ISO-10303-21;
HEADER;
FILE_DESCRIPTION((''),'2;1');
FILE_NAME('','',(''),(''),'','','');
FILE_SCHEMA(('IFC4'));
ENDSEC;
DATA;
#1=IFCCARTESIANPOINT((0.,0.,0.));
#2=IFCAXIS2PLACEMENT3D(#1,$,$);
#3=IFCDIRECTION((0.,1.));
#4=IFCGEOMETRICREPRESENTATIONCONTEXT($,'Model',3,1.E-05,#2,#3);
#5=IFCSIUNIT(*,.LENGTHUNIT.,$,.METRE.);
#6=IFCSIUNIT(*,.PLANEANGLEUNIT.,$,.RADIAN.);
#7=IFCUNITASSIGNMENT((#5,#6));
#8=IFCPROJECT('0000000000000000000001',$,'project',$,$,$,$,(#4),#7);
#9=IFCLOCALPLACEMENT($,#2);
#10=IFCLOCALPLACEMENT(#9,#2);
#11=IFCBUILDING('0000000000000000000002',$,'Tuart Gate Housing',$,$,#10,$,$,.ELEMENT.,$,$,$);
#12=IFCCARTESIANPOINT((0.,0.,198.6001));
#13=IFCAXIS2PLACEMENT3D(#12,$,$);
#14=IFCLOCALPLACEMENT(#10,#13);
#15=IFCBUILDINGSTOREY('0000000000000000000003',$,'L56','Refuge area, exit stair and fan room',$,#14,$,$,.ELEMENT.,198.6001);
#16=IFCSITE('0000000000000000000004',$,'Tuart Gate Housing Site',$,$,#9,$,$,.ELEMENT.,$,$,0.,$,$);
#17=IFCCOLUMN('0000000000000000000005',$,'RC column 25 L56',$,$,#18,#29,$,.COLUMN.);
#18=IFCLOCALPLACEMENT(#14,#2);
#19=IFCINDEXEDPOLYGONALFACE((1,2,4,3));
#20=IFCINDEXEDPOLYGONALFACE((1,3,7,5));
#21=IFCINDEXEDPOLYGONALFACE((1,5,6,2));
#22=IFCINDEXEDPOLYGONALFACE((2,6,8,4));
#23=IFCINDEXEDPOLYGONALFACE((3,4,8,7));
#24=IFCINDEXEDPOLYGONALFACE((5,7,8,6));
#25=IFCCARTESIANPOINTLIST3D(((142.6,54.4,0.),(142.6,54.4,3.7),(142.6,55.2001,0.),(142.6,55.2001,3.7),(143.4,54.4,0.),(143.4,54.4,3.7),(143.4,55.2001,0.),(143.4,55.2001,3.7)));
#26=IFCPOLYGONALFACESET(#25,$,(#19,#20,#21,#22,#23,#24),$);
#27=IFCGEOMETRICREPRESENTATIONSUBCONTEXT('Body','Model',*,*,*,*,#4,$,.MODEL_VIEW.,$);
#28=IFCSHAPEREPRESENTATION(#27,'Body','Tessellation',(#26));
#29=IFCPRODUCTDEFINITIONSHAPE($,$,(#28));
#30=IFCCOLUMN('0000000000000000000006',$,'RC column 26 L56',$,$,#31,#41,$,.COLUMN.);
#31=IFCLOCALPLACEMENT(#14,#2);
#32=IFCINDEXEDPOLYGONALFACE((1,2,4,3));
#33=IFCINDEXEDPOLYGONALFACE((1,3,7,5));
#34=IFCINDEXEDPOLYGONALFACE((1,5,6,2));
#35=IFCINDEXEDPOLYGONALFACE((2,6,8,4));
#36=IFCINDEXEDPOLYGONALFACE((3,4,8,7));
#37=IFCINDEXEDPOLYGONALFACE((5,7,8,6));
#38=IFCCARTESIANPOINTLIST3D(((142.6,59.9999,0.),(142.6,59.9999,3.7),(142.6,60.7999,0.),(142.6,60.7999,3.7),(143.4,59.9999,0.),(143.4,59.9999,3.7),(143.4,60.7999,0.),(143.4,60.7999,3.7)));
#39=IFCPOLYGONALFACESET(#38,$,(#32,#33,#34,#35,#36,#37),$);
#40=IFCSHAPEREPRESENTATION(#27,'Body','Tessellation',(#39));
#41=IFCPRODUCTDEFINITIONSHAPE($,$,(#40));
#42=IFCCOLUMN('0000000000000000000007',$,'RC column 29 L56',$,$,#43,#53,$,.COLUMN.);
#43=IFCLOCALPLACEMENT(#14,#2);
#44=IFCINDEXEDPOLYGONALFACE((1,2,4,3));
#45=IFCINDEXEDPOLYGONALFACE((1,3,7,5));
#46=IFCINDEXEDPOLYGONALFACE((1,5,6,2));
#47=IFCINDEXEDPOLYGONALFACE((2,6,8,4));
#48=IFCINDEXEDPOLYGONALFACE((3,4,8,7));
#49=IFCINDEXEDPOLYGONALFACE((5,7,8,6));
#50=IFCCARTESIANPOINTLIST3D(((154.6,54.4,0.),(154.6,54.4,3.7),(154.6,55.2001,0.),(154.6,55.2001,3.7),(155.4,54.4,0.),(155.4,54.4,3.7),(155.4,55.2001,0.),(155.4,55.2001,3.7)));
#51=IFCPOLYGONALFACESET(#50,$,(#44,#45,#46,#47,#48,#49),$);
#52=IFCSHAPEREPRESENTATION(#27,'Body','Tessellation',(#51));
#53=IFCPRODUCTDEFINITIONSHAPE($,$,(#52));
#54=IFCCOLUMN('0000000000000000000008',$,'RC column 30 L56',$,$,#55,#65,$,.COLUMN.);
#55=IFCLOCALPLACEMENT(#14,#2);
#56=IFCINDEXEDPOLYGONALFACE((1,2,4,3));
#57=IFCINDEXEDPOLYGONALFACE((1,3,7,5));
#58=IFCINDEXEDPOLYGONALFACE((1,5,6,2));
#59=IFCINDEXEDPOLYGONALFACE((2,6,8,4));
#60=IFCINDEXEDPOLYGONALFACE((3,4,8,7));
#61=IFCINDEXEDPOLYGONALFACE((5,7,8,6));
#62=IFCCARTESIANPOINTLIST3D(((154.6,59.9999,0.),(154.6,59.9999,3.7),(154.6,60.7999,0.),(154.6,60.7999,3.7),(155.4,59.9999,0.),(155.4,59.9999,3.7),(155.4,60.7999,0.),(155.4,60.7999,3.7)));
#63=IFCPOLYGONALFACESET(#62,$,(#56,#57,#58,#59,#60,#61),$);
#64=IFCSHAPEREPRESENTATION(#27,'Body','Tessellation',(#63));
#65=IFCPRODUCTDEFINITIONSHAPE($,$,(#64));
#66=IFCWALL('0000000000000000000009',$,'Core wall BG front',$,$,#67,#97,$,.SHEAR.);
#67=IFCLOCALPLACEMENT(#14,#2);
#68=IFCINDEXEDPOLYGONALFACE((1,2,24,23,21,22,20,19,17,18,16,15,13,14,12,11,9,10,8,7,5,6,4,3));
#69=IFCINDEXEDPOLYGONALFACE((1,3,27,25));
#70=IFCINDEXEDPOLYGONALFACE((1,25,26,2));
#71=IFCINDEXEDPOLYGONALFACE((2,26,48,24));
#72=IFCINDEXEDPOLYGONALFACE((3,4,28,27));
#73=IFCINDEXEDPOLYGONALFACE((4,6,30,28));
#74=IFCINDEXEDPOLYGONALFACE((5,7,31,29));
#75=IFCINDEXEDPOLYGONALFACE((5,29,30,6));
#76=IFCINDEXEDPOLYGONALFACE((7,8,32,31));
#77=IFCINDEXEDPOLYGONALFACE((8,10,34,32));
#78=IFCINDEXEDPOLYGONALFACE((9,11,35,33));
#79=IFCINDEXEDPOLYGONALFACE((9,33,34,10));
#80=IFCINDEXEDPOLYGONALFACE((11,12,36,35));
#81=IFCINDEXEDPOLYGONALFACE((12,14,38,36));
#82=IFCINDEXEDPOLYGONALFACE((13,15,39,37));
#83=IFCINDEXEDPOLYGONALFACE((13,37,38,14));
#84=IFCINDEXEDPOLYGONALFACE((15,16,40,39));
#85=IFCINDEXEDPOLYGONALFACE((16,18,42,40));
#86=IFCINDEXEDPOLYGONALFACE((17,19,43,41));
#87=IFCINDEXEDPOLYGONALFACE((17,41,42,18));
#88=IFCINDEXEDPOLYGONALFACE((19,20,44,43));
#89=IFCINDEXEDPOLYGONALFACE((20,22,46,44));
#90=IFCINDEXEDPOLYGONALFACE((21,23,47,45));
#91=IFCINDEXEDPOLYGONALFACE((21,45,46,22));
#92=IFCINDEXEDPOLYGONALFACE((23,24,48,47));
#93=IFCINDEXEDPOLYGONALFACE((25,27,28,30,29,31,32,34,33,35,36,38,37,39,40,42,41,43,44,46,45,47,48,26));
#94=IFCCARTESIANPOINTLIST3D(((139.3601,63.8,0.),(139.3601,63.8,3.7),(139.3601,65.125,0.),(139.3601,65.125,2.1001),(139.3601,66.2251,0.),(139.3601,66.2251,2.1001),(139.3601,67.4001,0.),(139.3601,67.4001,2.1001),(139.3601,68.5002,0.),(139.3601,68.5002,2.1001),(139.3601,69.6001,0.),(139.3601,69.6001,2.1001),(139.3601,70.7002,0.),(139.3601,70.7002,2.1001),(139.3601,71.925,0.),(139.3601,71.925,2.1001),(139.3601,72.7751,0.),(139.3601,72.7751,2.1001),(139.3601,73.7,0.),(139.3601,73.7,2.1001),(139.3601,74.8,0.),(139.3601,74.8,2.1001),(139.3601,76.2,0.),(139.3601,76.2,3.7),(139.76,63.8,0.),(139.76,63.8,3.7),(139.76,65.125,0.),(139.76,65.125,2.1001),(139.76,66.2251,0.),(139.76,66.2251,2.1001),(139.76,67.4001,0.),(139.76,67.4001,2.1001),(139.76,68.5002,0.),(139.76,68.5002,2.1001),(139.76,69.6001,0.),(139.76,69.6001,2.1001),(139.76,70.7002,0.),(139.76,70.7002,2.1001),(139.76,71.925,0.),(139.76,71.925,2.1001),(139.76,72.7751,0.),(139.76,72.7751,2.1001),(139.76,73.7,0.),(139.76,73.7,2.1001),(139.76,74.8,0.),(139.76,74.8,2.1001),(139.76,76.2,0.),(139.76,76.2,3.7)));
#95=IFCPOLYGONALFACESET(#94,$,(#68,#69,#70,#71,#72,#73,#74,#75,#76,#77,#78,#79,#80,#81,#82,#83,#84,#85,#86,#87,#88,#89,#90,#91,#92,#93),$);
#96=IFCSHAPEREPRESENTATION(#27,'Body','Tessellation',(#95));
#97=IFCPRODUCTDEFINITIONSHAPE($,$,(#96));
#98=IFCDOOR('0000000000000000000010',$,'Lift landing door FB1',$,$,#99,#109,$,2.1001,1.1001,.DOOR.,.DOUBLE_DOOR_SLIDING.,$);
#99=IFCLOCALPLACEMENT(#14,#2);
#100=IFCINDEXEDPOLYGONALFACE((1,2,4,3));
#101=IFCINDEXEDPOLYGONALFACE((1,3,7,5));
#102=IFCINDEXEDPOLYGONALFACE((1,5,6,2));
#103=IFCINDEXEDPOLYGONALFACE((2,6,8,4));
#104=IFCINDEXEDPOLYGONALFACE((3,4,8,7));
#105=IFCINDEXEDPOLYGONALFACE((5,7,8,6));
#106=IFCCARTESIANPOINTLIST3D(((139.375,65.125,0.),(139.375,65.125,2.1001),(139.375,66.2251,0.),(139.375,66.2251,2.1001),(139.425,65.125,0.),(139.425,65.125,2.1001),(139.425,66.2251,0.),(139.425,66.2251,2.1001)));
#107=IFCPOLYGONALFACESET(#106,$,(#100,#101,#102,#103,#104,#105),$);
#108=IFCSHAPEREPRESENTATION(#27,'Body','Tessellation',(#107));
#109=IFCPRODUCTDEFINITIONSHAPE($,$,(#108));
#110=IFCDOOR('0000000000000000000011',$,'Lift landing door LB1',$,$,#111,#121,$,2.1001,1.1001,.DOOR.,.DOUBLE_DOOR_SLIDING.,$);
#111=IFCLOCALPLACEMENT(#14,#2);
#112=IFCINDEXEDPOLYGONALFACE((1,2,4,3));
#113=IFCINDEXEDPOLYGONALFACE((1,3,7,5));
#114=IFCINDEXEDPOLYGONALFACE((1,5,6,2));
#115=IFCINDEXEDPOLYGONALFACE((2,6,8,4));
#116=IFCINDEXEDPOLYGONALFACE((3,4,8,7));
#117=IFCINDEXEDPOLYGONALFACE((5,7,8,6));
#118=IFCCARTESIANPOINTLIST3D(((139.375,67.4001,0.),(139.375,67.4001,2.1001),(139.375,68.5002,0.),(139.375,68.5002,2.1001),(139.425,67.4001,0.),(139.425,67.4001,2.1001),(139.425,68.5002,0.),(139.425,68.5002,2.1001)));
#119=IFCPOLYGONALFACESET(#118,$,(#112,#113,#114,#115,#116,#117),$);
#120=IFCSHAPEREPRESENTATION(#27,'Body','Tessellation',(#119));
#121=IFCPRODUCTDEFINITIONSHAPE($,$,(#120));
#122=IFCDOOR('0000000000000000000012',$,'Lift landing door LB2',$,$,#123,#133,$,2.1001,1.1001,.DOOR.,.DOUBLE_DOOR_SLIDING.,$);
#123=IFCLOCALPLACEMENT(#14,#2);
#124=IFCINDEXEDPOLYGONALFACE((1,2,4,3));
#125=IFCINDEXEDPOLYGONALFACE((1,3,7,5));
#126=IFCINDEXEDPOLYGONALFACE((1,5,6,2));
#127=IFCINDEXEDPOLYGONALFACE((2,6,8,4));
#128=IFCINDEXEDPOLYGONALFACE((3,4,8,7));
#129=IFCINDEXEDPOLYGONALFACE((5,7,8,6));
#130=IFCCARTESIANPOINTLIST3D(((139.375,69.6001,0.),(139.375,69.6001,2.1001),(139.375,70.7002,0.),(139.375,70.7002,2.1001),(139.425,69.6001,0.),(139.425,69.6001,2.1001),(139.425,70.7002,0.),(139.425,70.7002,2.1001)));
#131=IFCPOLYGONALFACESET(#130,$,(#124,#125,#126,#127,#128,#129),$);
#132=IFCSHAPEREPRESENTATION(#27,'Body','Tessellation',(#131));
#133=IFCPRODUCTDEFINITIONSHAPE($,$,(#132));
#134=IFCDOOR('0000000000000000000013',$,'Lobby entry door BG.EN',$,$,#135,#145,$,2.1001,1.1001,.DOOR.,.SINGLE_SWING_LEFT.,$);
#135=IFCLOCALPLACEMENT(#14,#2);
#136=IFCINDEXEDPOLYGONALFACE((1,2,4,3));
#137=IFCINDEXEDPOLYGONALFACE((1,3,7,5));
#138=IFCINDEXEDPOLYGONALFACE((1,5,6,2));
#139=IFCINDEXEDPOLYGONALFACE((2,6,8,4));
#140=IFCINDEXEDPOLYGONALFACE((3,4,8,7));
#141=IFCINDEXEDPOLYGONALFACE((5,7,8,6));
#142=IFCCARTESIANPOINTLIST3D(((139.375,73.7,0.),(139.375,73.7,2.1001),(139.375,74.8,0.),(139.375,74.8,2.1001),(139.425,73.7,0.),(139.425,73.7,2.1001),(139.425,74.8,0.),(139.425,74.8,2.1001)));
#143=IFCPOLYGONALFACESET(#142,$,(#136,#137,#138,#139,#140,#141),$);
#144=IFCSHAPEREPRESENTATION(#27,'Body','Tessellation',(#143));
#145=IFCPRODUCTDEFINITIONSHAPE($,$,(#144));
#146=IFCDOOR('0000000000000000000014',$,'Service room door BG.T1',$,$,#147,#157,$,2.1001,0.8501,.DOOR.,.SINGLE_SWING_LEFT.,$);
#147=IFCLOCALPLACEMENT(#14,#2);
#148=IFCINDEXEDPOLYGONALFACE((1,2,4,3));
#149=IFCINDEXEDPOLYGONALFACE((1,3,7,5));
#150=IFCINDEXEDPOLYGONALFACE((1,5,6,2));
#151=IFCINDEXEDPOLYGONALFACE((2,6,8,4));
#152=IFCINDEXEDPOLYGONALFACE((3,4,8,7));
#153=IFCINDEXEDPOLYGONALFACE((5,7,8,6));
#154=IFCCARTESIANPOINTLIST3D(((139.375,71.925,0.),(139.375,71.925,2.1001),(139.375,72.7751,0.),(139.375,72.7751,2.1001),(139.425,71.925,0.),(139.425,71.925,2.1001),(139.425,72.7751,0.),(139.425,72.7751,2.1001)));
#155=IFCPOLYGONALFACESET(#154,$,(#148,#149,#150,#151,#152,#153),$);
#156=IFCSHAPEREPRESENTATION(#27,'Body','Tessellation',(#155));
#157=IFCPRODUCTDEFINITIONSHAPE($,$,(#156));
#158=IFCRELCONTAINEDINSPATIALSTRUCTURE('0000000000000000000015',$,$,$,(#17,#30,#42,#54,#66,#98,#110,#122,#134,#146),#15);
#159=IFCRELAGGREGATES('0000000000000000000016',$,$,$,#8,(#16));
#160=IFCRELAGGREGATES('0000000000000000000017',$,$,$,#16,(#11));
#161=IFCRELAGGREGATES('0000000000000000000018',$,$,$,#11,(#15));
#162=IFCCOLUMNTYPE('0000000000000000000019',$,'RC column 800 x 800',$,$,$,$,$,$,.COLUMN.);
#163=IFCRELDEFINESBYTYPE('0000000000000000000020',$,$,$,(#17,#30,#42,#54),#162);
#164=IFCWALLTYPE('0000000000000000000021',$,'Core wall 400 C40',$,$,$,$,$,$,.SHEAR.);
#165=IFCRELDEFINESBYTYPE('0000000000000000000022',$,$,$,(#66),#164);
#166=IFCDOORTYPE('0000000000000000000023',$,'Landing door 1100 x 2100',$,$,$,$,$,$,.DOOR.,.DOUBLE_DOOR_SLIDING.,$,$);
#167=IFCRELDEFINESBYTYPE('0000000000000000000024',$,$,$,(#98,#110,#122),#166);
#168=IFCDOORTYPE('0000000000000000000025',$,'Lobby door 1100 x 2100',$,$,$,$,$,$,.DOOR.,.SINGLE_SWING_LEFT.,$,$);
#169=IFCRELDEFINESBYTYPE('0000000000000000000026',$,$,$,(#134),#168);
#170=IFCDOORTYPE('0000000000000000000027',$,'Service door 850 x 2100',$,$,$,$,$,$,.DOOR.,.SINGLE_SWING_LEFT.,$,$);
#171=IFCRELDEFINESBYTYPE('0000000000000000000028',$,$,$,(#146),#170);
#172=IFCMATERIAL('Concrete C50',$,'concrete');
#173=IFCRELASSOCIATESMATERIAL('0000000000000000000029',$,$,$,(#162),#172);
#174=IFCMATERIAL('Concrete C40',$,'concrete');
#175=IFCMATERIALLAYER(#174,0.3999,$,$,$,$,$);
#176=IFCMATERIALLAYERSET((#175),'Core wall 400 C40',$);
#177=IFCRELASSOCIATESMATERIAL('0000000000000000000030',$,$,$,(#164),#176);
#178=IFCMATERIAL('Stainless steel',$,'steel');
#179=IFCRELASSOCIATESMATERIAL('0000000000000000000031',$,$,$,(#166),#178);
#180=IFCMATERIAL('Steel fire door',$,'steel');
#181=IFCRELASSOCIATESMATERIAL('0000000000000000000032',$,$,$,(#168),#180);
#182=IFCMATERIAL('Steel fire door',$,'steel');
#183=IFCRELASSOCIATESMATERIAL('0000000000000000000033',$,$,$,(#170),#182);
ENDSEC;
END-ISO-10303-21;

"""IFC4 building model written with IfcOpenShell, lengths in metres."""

from ifc_helpers import new_model, si_unit, direction, frame, frame_2d, origin, origin_2d, place, context, subcontext, project, spatial, rectangle, extrude, material, layer, layer_set, material_profile, profile_set, type_object, element, fill, save


model = new_model("IFC4")

# Units and contexts
model_context = context("Model", 3, precision=1e-05, world=origin(), true_north=direction((0.0, 1.0)))
body_context = subcontext(model_context, "Body", "Model", "MODEL_VIEW")
ifc_project = project(units=[si_unit("LENGTHUNIT", "METRE"), si_unit("PLANEANGLEUNIT", "RADIAN")], contexts=[model_context])

# Site, building, storey
site_placement = place(None, origin())
site = spatial("IfcSite", under=ifc_project, at=site_placement, Name="Tuart Gate Housing Site", CompositionType="ELEMENT", RefElevation=0.0)
building_placement = place(site_placement, origin())
building = spatial("IfcBuilding", under=site, at=building_placement, Name="Tuart Gate Housing", CompositionType="ELEMENT")
storey_placement = place(building_placement, frame((0.0, 0.0, 198.6001)))
storey = spatial("IfcBuildingStorey", under=building, at=storey_placement, Name="L56", Description="Refuge area, exit stair and fan room", CompositionType="ELEMENT", Elevation=198.6001)

# Columns
ifc_material_1 = material(Name="Concrete C50", Category="concrete")
ifc_material_profile = material_profile(ifc_material_1, rectangle(XDim=0.8, YDim=0.8, at=origin_2d()), Name="RC column 800 x 800")
ifc_profile_set = profile_set([ifc_material_profile], Name="Concrete C50")
column_type = type_object("IfcColumnType", Name="RC column 800 x 800", PredefinedType="COLUMN", material=ifc_profile_set)
for number, where, z_axis, x_axis, name in (
    (1, (143.0, 54.8, 0.0), (0.0, 0.0, 1.0), (1.0, 0.0, 0.0), "RC column 25 L56"),
    (2, (143.0, 60.3999, 0.0), (0.0, 0.0, 1.0), (1.0, 0.0, 0.0), "RC column 26 L56"),
    (3, (155.0, 54.8, 0.0), (0.0, 0.0, 1.0), (1.0, 0.0, 0.0), "RC column 29 L56"),
    (4, (155.0, 60.3999, 0.0), (0.0, 0.0, 1.0), (1.0, 0.0, 0.0), "RC column 30 L56"),
):
    element("IfcColumn", number, at=place(storey_placement, frame(where, z_axis=z_axis, x_axis=x_axis)), inside=storey, type_object=column_type, Name=name, PredefinedType="COLUMN", context=body_context, shape_type="SweptSolid", body=[
        extrude(rectangle(XDim=0.8, YDim=0.8, at=origin_2d()), origin(), (0.0, 0.0, 1.0), 3.7),
    ])

# Wall, openings, doors
ifc_material_2 = material(Name="Concrete C40", Category="concrete")
ifc_layer_1 = layer(ifc_material_2, 0.3999)
ifc_layer_set_1 = layer_set([ifc_layer_1], Name="Core wall 400 C40")
wall_type_1 = type_object("IfcWallType", Name="Core wall 400 C40", PredefinedType="SHEAR", material=ifc_layer_set_1)
wall_1_placement = place(storey_placement, frame((139.5601, 63.8, 0.0), z_axis=(0.0, 0.0, 1.0), x_axis=(0.0, 1.0, 0.0)))
wall_1 = element("IfcWall", 5, at=wall_1_placement, inside=storey, type_object=wall_type_1, Name="Core wall BG front", PredefinedType="SHEAR", context=body_context, shape_type="SweptSolid", body=[
    extrude(rectangle(XDim=12.3999, YDim=0.3999, at=frame_2d((6.2, 0.0))), origin(), (0.0, 0.0, 1.0), 3.7),
])
opening_1_placement = place(wall_1_placement, frame((1.325, 0.0, 0.0)))
opening_1 = element("IfcOpeningElement", 6, at=opening_1_placement, cuts=wall_1, PredefinedType="OPENING", context=body_context, shape_type="SweptSolid", body=[
    extrude(rectangle(XDim=1.1001, YDim=2.1001, at=frame_2d((0.55, 1.05))), frame((0.0, 0.21, 0.0), z_axis=(0.0, -1.0, 0.0), x_axis=(1.0, 0.0, 0.0)), (0.0, 0.0, 1.0), 0.4199),
])
opening_2_placement = place(wall_1_placement, frame((3.6001, 0.0, 0.0)))
opening_2 = element("IfcOpeningElement", 7, at=opening_2_placement, cuts=wall_1, PredefinedType="OPENING", context=body_context, shape_type="SweptSolid", body=[
    extrude(rectangle(XDim=1.1001, YDim=2.1001, at=frame_2d((0.55, 1.05))), frame((0.0, 0.21, 0.0), z_axis=(0.0, -1.0, 0.0), x_axis=(1.0, 0.0, 0.0)), (0.0, 0.0, 1.0), 0.4199),
])
opening_3_placement = place(wall_1_placement, frame((5.8, 0.0, 0.0)))
opening_3 = element("IfcOpeningElement", 8, at=opening_3_placement, cuts=wall_1, PredefinedType="OPENING", context=body_context, shape_type="SweptSolid", body=[
    extrude(rectangle(XDim=1.1001, YDim=2.1001, at=frame_2d((0.55, 1.05))), frame((0.0, 0.21, 0.0), z_axis=(0.0, -1.0, 0.0), x_axis=(1.0, 0.0, 0.0)), (0.0, 0.0, 1.0), 0.4199),
])
opening_4_placement = place(wall_1_placement, frame((9.8999, 0.0, 0.0)))
opening_4 = element("IfcOpeningElement", 9, at=opening_4_placement, cuts=wall_1, PredefinedType="OPENING", context=body_context, shape_type="SweptSolid", body=[
    extrude(rectangle(XDim=1.1001, YDim=2.1001, at=frame_2d((0.55, 1.05))), frame((0.0, 0.21, 0.0), z_axis=(0.0, -1.0, 0.0), x_axis=(1.0, 0.0, 0.0)), (0.0, 0.0, 1.0), 0.4199),
])
opening_5_placement = place(wall_1_placement, frame((8.125, 0.0, 0.0)))
opening_5 = element("IfcOpeningElement", 10, at=opening_5_placement, cuts=wall_1, PredefinedType="OPENING", context=body_context, shape_type="SweptSolid", body=[
    extrude(rectangle(XDim=0.8501, YDim=2.1001, at=frame_2d((0.425, 1.05))), frame((0.0, 0.21, 0.0), z_axis=(0.0, -1.0, 0.0), x_axis=(1.0, 0.0, 0.0)), (0.0, 0.0, 1.0), 0.4199),
])
ifc_material_3 = material(Name="Stainless steel", Category="steel")
door_type_1 = type_object("IfcDoorType", Name="Landing door 1100 x 2100", OperationType="DOUBLE_DOOR_SLIDING", PredefinedType="DOOR", material=ifc_material_3)
door_1_placement = place(opening_1_placement, origin())
door_1 = element("IfcDoor", 11, at=door_1_placement, inside=storey, type_object=door_type_1, Name="Lift landing door FB1", OperationType="DOUBLE_DOOR_SLIDING", OverallHeight=2.1001, OverallWidth=1.1001, PredefinedType="DOOR", context=body_context, shape_type="SweptSolid", body=[
    extrude(rectangle(XDim=1.1001, YDim=2.1001, at=frame_2d((0.55, 1.05))), frame((0.0, 0.1851, 0.0), z_axis=(0.0, -1.0, 0.0), x_axis=(1.0, 0.0, 0.0)), (0.0, 0.0, 1.0), 0.05),
])
fill(opening_1, door_1)
door_2_placement = place(opening_2_placement, origin())
door_2 = element("IfcDoor", 12, at=door_2_placement, inside=storey, type_object=door_type_1, Name="Lift landing door LB1", OperationType="DOUBLE_DOOR_SLIDING", OverallHeight=2.1001, OverallWidth=1.1001, PredefinedType="DOOR", context=body_context, shape_type="SweptSolid", body=[
    extrude(rectangle(XDim=1.1001, YDim=2.1001, at=frame_2d((0.55, 1.05))), frame((0.0, 0.1851, 0.0), z_axis=(0.0, -1.0, 0.0), x_axis=(1.0, 0.0, 0.0)), (0.0, 0.0, 1.0), 0.05),
])
fill(opening_2, door_2)
door_3_placement = place(opening_3_placement, origin())
door_3 = element("IfcDoor", 13, at=door_3_placement, inside=storey, type_object=door_type_1, Name="Lift landing door LB2", OperationType="DOUBLE_DOOR_SLIDING", OverallHeight=2.1001, OverallWidth=1.1001, PredefinedType="DOOR", context=body_context, shape_type="SweptSolid", body=[
    extrude(rectangle(XDim=1.1001, YDim=2.1001, at=frame_2d((0.55, 1.05))), frame((0.0, 0.1851, 0.0), z_axis=(0.0, -1.0, 0.0), x_axis=(1.0, 0.0, 0.0)), (0.0, 0.0, 1.0), 0.05),
])
fill(opening_3, door_3)
ifc_material_4 = material(Name="Steel fire door", Category="steel")
door_type_2 = type_object("IfcDoorType", Name="Lobby door 1100 x 2100", OperationType="SINGLE_SWING_LEFT", PredefinedType="DOOR", material=ifc_material_4)
door_4_placement = place(opening_4_placement, origin())
door_4 = element("IfcDoor", 14, at=door_4_placement, inside=storey, type_object=door_type_2, Name="Lobby entry door BG.EN", OperationType="SINGLE_SWING_LEFT", OverallHeight=2.1001, OverallWidth=1.1001, PredefinedType="DOOR", context=body_context, shape_type="SweptSolid", body=[
    extrude(rectangle(XDim=1.1001, YDim=2.1001, at=frame_2d((0.55, 1.05))), frame((0.0, 0.1851, 0.0), z_axis=(0.0, -1.0, 0.0), x_axis=(1.0, 0.0, 0.0)), (0.0, 0.0, 1.0), 0.05),
])
fill(opening_4, door_4)
ifc_material_5 = material(Name="Steel fire door", Category="steel")
door_type_3 = type_object("IfcDoorType", Name="Service door 850 x 2100", OperationType="SINGLE_SWING_LEFT", PredefinedType="DOOR", material=ifc_material_5)
door_5_placement = place(opening_5_placement, origin())
door_5 = element("IfcDoor", 15, at=door_5_placement, inside=storey, type_object=door_type_3, Name="Service room door BG.T1", OperationType="SINGLE_SWING_LEFT", OverallHeight=2.1001, OverallWidth=0.8501, PredefinedType="DOOR", context=body_context, shape_type="SweptSolid", body=[
    extrude(rectangle(XDim=0.8501, YDim=2.1001, at=frame_2d((0.425, 1.05))), frame((0.0, 0.1851, 0.0), z_axis=(0.0, -1.0, 0.0), x_axis=(1.0, 0.0, 0.0)), (0.0, 0.0, 1.0), 0.05),
])
fill(opening_5, door_5)

save(model, "model.ifc")
